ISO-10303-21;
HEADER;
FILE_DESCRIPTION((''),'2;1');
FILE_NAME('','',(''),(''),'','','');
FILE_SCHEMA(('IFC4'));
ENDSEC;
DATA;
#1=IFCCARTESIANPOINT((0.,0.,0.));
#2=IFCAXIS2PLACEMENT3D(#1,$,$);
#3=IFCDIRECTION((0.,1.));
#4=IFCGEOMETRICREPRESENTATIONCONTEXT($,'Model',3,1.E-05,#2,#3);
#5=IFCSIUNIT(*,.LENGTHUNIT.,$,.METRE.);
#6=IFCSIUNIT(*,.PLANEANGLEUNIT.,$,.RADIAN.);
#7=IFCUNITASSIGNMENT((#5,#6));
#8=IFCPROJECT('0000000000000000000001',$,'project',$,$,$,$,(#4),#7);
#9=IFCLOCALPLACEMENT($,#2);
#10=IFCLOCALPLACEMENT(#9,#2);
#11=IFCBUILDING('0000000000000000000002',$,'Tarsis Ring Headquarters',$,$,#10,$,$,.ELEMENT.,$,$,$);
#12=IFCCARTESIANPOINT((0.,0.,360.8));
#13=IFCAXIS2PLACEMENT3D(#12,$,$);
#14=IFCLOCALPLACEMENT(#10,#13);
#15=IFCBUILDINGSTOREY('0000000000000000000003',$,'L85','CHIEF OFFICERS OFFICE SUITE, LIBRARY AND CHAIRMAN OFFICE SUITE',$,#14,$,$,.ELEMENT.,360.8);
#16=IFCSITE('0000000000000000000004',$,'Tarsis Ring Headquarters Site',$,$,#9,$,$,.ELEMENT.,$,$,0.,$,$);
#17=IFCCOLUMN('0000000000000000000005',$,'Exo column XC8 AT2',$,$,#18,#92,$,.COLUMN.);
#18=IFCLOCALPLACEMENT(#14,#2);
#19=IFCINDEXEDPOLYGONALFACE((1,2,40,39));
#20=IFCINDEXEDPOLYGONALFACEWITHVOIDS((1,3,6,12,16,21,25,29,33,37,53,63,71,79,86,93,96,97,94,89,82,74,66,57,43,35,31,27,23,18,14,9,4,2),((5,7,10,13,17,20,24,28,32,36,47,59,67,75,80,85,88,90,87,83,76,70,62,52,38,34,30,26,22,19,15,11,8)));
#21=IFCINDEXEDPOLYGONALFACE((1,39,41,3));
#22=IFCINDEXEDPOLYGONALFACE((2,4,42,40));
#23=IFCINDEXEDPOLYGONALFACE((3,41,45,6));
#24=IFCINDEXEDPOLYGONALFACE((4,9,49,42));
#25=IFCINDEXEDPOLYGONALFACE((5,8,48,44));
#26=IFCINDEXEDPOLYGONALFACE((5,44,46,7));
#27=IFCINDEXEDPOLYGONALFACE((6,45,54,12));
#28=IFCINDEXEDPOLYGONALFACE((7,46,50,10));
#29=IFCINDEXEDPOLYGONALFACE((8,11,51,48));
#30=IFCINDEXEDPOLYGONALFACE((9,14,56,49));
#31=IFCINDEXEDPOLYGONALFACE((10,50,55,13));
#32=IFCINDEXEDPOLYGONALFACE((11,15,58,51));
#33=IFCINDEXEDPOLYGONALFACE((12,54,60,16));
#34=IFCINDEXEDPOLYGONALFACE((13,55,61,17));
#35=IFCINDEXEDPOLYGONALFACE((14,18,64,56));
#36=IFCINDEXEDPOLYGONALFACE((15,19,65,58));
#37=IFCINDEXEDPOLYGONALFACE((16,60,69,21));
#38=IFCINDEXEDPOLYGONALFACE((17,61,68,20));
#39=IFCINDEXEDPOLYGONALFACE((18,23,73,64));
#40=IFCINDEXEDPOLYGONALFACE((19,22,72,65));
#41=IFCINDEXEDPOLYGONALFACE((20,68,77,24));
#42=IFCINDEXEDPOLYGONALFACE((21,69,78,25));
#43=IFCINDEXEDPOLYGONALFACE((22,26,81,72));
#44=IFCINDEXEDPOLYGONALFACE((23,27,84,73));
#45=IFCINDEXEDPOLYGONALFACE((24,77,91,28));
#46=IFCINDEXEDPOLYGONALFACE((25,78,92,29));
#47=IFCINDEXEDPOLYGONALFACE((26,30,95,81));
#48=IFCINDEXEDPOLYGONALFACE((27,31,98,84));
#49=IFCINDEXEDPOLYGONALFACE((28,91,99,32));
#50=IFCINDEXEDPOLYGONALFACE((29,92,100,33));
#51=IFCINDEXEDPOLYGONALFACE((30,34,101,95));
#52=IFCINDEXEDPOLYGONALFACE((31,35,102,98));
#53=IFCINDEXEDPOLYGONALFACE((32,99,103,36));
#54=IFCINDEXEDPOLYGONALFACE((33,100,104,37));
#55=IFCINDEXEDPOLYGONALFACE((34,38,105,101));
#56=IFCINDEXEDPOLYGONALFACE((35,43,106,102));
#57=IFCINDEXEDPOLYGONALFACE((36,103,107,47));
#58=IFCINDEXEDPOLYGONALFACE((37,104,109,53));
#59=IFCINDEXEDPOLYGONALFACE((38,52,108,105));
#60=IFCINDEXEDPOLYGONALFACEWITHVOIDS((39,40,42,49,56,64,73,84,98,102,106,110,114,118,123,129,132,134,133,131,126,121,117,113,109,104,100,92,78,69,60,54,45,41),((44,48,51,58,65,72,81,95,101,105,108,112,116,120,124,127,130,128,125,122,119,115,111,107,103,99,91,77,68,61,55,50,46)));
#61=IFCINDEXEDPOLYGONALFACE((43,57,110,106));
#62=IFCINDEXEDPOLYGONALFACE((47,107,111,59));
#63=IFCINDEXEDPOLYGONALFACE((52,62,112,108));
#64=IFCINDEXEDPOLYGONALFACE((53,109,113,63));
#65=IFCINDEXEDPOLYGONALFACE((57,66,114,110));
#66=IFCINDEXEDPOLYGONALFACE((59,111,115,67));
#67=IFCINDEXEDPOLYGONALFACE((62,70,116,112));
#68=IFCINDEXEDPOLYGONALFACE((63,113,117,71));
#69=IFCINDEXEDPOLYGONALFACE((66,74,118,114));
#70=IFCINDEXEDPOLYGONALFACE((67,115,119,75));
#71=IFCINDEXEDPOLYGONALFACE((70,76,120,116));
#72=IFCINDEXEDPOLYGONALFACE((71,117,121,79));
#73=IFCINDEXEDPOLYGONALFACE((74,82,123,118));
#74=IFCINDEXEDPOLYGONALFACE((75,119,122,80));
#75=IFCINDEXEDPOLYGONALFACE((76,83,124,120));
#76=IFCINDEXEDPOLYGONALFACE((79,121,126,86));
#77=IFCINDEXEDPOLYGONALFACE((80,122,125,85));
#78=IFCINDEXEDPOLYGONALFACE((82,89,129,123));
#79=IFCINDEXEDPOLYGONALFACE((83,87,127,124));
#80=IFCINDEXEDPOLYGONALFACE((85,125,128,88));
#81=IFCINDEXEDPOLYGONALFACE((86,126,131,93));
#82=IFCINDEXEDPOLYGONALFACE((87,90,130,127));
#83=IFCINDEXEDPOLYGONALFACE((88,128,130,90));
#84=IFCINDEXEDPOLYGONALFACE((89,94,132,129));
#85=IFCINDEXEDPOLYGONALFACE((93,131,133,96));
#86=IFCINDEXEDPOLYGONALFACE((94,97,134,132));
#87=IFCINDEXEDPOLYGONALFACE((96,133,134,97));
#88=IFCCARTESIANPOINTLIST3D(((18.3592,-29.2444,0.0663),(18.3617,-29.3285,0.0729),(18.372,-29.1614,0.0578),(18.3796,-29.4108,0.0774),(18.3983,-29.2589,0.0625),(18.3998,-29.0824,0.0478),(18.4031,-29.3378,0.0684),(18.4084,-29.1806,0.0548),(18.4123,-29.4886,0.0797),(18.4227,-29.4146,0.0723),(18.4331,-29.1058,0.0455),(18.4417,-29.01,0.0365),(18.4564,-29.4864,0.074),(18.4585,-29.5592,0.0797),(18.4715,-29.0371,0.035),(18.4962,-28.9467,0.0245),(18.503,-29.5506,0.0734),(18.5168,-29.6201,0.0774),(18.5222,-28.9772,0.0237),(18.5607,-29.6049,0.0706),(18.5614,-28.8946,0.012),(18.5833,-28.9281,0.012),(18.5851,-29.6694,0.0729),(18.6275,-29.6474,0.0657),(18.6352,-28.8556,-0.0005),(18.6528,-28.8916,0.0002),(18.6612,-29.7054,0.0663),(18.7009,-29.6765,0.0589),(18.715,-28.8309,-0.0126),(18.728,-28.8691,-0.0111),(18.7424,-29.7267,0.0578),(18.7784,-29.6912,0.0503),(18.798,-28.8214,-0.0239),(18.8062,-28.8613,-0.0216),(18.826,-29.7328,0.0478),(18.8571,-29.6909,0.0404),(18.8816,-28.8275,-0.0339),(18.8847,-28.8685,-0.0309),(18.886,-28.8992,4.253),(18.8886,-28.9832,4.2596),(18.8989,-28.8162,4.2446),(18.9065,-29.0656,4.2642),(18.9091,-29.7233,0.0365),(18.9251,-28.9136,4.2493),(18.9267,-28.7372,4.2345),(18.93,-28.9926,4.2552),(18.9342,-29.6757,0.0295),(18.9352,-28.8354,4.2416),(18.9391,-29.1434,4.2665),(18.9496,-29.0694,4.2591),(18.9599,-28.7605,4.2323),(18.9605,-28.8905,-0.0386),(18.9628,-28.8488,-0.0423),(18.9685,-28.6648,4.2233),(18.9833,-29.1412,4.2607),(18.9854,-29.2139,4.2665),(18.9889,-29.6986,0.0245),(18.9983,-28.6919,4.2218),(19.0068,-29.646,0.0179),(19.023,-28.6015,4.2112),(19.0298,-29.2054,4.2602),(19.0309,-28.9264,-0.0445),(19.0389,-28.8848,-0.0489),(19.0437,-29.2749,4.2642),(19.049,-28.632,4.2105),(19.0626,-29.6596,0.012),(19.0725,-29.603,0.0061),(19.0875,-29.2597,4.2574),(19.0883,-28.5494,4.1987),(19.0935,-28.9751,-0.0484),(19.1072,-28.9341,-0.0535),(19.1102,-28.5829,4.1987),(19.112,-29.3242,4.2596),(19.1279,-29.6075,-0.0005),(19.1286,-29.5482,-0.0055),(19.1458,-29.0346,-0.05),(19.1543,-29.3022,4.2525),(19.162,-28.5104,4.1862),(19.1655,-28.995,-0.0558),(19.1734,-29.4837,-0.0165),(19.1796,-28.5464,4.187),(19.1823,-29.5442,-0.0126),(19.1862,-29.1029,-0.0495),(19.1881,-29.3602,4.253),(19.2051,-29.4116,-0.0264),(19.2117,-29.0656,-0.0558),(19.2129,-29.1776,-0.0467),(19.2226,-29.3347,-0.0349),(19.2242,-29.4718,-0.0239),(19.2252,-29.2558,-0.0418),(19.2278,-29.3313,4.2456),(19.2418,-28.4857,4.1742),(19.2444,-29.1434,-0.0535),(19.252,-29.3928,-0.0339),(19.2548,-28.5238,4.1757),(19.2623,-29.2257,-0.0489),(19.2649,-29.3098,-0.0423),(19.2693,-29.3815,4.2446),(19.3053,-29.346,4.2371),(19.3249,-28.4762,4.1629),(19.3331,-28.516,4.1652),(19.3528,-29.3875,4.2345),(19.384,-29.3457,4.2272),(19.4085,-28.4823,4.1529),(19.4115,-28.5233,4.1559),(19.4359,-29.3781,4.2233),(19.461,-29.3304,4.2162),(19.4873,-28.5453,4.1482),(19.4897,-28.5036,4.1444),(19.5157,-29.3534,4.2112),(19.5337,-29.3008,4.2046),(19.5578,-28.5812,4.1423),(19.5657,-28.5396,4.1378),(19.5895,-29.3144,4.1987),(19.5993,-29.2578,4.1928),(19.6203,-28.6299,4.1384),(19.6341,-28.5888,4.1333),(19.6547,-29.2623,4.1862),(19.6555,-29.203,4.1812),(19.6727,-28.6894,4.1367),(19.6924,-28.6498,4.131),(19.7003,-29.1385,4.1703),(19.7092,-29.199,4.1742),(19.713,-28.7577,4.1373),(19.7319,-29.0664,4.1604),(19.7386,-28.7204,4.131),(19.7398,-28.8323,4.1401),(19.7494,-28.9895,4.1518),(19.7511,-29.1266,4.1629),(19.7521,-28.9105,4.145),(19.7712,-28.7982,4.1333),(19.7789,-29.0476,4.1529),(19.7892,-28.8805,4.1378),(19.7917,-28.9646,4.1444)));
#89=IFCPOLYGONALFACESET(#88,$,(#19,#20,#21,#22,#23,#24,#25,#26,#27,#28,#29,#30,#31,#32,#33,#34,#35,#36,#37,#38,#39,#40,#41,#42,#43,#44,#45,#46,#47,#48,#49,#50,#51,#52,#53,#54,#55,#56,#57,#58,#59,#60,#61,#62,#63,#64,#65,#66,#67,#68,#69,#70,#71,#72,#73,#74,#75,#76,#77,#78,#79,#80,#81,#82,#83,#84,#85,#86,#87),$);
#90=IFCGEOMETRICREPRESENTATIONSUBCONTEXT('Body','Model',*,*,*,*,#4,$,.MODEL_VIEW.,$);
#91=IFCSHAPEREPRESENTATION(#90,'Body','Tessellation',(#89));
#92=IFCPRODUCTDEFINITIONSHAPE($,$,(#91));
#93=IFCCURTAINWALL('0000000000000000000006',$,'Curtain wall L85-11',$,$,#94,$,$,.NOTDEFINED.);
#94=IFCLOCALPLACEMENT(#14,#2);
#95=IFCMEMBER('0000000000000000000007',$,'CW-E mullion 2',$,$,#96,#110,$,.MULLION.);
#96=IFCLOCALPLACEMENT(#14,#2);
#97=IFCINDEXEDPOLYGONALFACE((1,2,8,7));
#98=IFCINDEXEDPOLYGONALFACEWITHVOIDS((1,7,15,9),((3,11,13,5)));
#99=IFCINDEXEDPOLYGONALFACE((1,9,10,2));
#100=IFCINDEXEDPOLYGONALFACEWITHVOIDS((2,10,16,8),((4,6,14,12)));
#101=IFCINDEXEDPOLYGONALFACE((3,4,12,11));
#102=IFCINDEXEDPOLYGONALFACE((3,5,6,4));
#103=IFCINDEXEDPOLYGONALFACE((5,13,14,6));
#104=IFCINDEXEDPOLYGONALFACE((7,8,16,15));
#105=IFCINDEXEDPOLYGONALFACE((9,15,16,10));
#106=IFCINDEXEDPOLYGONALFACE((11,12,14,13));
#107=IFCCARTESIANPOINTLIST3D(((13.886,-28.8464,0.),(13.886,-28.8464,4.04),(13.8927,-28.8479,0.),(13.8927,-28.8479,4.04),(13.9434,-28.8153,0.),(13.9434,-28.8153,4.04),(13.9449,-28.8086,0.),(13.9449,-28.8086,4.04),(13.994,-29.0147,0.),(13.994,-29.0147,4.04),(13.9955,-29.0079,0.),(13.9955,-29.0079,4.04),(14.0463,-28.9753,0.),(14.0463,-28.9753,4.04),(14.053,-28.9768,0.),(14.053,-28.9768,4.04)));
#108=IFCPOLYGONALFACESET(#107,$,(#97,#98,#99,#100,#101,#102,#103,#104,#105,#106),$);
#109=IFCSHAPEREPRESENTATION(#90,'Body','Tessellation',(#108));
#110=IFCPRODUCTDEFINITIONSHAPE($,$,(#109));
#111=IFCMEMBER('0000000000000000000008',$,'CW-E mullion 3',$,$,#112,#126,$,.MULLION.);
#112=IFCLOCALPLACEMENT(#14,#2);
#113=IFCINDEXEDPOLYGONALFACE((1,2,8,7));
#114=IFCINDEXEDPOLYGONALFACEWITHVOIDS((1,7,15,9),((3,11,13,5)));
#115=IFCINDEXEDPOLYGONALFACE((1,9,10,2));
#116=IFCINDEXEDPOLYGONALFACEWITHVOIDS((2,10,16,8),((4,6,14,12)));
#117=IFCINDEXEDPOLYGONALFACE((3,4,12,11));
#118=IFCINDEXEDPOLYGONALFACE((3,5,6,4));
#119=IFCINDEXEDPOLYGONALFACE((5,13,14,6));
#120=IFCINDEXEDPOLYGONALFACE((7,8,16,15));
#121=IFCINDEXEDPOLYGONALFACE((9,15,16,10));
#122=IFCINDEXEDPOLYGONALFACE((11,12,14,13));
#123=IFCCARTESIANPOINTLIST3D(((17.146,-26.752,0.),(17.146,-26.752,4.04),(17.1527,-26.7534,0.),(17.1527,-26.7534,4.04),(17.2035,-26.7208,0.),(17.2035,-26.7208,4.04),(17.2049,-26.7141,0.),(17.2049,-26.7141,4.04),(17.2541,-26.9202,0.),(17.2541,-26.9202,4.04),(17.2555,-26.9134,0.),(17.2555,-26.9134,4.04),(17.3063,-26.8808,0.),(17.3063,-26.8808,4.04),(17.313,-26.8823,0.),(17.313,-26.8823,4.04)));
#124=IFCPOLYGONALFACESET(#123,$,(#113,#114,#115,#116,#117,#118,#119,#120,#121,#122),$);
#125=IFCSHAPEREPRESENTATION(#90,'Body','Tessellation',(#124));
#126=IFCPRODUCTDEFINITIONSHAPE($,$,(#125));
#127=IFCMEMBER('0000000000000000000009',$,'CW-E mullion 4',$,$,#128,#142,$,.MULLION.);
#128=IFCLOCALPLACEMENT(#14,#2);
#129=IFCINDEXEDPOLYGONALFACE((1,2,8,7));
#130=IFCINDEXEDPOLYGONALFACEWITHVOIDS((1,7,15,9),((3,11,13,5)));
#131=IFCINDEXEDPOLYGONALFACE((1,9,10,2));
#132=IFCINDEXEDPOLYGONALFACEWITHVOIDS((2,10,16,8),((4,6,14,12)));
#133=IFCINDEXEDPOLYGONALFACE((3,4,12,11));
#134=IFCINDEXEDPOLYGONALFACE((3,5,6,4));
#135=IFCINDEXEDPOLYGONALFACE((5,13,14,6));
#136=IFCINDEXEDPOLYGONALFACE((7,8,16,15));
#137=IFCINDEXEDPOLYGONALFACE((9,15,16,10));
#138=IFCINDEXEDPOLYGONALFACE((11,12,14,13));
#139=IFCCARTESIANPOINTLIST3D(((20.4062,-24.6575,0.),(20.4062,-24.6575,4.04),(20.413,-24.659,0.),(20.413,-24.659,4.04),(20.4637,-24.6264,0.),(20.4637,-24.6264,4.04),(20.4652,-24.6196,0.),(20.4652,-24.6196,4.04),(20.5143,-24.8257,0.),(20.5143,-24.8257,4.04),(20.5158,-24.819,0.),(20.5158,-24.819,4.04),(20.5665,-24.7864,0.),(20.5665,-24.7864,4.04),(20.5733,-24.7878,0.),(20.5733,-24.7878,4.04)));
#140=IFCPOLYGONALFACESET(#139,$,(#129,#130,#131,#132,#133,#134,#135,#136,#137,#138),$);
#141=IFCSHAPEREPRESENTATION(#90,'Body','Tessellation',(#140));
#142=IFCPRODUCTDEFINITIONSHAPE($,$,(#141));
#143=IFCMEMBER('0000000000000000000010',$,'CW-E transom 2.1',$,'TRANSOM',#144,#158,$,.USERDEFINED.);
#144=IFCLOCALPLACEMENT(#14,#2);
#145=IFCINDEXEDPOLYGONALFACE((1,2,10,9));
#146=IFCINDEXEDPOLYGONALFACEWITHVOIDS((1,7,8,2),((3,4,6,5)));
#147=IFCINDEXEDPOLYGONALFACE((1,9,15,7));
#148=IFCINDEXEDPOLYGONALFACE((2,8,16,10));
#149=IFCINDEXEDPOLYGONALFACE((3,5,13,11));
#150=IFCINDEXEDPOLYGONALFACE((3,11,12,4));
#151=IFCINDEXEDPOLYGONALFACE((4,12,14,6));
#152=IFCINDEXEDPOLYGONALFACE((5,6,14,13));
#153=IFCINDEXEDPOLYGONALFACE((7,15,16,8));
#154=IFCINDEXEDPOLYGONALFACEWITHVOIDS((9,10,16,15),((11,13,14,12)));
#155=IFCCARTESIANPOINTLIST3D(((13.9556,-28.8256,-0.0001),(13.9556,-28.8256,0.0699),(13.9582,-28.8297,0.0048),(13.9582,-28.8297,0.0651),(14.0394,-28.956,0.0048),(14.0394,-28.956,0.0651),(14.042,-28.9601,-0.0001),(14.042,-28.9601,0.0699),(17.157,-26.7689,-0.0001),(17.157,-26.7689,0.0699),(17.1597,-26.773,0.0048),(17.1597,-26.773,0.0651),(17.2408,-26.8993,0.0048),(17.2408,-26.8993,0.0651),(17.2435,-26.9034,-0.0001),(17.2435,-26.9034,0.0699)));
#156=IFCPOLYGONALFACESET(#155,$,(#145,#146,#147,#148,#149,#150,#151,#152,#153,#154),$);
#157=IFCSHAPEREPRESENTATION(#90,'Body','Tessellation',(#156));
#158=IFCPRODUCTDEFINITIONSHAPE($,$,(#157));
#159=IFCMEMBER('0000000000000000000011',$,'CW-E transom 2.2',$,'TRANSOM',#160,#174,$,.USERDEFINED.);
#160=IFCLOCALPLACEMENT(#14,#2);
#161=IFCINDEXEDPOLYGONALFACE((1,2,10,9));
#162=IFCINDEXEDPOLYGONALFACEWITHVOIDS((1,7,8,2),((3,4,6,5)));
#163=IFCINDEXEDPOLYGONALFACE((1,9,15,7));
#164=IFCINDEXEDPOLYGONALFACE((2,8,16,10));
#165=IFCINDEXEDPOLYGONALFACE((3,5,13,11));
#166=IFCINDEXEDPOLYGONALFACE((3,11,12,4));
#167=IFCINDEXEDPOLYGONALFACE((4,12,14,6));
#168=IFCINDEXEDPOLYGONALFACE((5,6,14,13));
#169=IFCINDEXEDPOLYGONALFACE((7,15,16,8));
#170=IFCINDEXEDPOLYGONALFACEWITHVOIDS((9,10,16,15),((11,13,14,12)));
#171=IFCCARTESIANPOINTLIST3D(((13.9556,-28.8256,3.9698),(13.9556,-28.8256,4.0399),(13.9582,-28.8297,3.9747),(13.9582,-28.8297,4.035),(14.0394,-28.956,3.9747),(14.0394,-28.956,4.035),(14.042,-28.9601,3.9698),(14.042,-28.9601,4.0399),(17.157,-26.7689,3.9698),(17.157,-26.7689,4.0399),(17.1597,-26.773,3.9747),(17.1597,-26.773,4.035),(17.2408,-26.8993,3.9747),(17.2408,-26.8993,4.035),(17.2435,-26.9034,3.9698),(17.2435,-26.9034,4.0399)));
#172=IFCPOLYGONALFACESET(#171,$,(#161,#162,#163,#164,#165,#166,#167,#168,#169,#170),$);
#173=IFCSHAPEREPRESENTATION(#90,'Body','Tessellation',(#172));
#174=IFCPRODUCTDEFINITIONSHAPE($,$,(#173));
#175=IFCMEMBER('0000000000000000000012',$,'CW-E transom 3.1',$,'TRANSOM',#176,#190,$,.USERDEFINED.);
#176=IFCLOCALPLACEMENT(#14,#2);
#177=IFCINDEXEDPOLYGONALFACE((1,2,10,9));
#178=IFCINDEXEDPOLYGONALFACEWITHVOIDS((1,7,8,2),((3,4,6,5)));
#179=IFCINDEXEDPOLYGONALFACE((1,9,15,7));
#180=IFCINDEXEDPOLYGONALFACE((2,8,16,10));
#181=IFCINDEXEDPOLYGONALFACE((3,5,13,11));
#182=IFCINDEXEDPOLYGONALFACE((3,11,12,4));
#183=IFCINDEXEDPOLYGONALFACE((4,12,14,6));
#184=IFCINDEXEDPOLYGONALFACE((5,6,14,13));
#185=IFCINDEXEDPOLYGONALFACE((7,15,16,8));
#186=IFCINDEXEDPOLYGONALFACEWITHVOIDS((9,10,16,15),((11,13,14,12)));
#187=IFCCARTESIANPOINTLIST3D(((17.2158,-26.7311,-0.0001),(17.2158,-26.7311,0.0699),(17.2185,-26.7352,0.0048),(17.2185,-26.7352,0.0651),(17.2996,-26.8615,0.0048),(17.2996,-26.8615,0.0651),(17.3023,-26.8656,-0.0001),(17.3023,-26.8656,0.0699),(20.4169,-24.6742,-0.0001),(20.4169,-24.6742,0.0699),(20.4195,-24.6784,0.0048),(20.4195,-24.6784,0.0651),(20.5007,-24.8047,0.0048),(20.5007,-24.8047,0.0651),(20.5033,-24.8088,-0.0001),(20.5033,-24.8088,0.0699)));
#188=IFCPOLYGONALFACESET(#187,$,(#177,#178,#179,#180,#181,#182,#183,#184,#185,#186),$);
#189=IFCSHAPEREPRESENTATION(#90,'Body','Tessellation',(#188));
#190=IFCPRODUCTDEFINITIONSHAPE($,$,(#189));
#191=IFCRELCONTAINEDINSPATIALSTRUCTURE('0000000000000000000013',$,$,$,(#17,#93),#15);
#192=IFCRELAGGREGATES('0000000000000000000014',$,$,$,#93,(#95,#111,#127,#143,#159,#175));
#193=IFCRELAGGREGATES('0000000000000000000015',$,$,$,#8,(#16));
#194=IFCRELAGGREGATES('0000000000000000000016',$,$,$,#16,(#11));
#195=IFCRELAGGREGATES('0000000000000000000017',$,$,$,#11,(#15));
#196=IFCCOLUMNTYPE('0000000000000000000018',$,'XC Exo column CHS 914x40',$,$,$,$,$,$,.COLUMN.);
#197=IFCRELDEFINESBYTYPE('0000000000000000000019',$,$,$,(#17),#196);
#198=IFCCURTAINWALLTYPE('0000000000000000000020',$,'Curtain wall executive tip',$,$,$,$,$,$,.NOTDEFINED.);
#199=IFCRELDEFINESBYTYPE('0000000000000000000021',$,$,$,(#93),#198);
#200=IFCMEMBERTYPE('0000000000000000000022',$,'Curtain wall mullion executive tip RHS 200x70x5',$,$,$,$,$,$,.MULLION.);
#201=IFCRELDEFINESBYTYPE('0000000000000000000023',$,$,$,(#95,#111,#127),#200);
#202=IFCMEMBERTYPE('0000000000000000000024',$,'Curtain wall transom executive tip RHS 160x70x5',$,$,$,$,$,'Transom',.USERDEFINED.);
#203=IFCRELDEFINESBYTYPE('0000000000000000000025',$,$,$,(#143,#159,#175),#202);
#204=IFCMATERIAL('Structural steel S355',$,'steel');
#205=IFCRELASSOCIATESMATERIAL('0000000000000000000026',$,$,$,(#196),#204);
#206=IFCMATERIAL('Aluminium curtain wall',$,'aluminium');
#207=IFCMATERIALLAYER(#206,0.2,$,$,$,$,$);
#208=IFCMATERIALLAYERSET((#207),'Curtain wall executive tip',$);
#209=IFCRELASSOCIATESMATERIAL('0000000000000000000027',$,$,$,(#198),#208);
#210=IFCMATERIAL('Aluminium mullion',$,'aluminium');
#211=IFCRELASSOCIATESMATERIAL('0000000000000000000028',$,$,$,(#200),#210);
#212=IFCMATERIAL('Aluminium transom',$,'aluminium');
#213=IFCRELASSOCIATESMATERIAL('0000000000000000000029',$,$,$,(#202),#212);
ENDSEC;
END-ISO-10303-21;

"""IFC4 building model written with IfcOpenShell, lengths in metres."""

from ifc_helpers import new_model, si_unit, direction, frame, origin, origin_2d, place, context, subcontext, project, spatial, hollow_rectangle, hollow_circle, extrude, material, layer, layer_set, material_profile, profile_set, type_object, element, aggregate, save


model = new_model("IFC4")

# Units and contexts
model_context = context("Model", 3, precision=1e-05, world=origin(), true_north=direction((0.0, 1.0)))
body_context = subcontext(model_context, "Body", "Model", "MODEL_VIEW")
ifc_project = project(units=[si_unit("LENGTHUNIT", "METRE"), si_unit("PLANEANGLEUNIT", "RADIAN")], contexts=[model_context])

# Site, building, storey
site_placement = place(None, origin())
site = spatial("IfcSite", under=ifc_project, at=site_placement, Name="Tarsis Ring Headquarters Site", CompositionType="ELEMENT", RefElevation=0.0)
building_placement = place(site_placement, origin())
building = spatial("IfcBuilding", under=site, at=building_placement, Name="Tarsis Ring Headquarters", CompositionType="ELEMENT")
storey_placement = place(building_placement, frame((0.0, 0.0, 360.8)))
storey = spatial("IfcBuildingStorey", under=building, at=storey_placement, Name="L85", Description="CHIEF OFFICERS OFFICE SUITE, LIBRARY AND CHAIRMAN OFFICE SUITE", CompositionType="ELEMENT", Elevation=360.8)

# Column
ifc_material_1 = material(Name="Structural steel S355", Category="steel")
ifc_material_profile_1 = material_profile(ifc_material_1, hollow_circle(Radius=0.457, WallThickness=0.04, at=origin_2d()), Name="CHS 914x40")
ifc_profile_set_1 = profile_set([ifc_material_profile_1], Name="Structural steel S355")
column_type = type_object("IfcColumnType", Name="XC Exo column CHS 914x40", PredefinedType="COLUMN", material=ifc_profile_set_1)
column_placement = place(storey_placement, frame((18.812, -29.2771, 0.012), z_axis=(0.124438, 0.081536, 0.988872), x_axis=(-0.548064, 0.836437, 0.0)))
element("IfcColumn", 1, at=column_placement, inside=storey, type_object=column_type, Name="Exo column XC8 AT2", PredefinedType="COLUMN", context=body_context, shape_type="SweptSolid", body=[
    extrude(hollow_circle(Radius=0.4573, WallThickness=0.04, at=origin_2d()), origin(), (0.0, 0.0, 1.0), 4.2339),
])

# Curtain wall, members
ifc_material_2 = material(Name="Aluminium curtain wall", Category="aluminium")
ifc_layer_1 = layer(ifc_material_2, 0.2)
ifc_layer_set_1 = layer_set([ifc_layer_1], Name="Curtain wall executive tip")
curtain_wall_type = type_object("IfcCurtainWallType", Name="Curtain wall executive tip", PredefinedType="NOTDEFINED", material=ifc_layer_set_1)
curtain_wall_placement = place(storey_placement, origin())
curtain_wall = element("IfcCurtainWall", 2, at=curtain_wall_placement, inside=storey, type_object=curtain_wall_type, Name="Curtain wall L85-11", PredefinedType="NOTDEFINED")
ifc_material_3 = material(Name="Aluminium mullion", Category="aluminium")
ifc_material_profile_2 = material_profile(ifc_material_3, hollow_rectangle(XDim=0.2, YDim=0.0701, WallThickness=0.0049, at=origin_2d()), Name="RHS 200x70x5")
ifc_profile_set_2 = profile_set([ifc_material_profile_2], Name="Aluminium mullion")
member_type_1 = type_object("IfcMemberType", Name="Curtain wall mullion executive tip RHS 200x70x5", PredefinedType="MULLION", material=ifc_profile_set_2)
member_1_placement = place(storey_placement, frame((13.9695, -28.9116, 0.0), z_axis=(0.0, 0.0, 1.0), x_axis=(-0.540534, 0.841322, 0.0)))
member_1 = element("IfcMember", 3, at=member_1_placement, type_object=member_type_1, Name="CW-E mullion 2", PredefinedType="MULLION", context=body_context, shape_type="SweptSolid", body=[
    extrude(hollow_rectangle(XDim=0.2, YDim=0.0701, WallThickness=0.0049, at=origin_2d()), origin(), (0.0, 0.0, 1.0), 4.04),
])
member_2_placement = place(storey_placement, frame((17.2295, -26.8171, 0.0), z_axis=(0.0, 0.0, 1.0), x_axis=(-0.540534, 0.841322, 0.0)))
member_2 = element("IfcMember", 4, at=member_2_placement, type_object=member_type_1, Name="CW-E mullion 3", PredefinedType="MULLION", context=body_context, shape_type="SweptSolid", body=[
    extrude(hollow_rectangle(XDim=0.2, YDim=0.0701, WallThickness=0.0049, at=origin_2d()), origin(), (0.0, 0.0, 1.0), 4.04),
])
member_3_placement = place(storey_placement, frame((20.4897, -24.7227, 0.0), z_axis=(0.0, 0.0, 1.0), x_axis=(-0.540534, 0.841322, 0.0)))
member_3 = element("IfcMember", 5, at=member_3_placement, type_object=member_type_1, Name="CW-E mullion 4", PredefinedType="MULLION", context=body_context, shape_type="SweptSolid", body=[
    extrude(hollow_rectangle(XDim=0.2, YDim=0.0701, WallThickness=0.0049, at=origin_2d()), origin(), (0.0, 0.0, 1.0), 4.04),
])
ifc_material_4 = material(Name="Aluminium transom", Category="aluminium")
ifc_material_profile_3 = material_profile(ifc_material_4, hollow_rectangle(XDim=0.1599, YDim=0.0701, WallThickness=0.0049, at=origin_2d()), Name="RHS 160x70x5")
ifc_profile_set_3 = profile_set([ifc_material_profile_3], Name="Aluminium transom")
member_type_2 = type_object("IfcMemberType", Name="Curtain wall transom executive tip RHS 160x70x5", ElementType="Transom", PredefinedType="USERDEFINED", material=ifc_profile_set_3)
member_4_placement = place(storey_placement, frame((13.9988, -28.8928, 0.0349), z_axis=(0.841347, 0.540495, 0.0), x_axis=(-0.540495, 0.841347, 0.0)))
member_4 = element("IfcMember", 6, at=member_4_placement, type_object=member_type_2, Name="CW-E transom 2.1", ObjectType="TRANSOM", PredefinedType="USERDEFINED", context=body_context, shape_type="SweptSolid", body=[
    extrude(hollow_rectangle(XDim=0.1599, YDim=0.0701, WallThickness=0.0049, at=origin_2d()), origin(), (0.0, 0.0, 1.0), 3.8052),
])
member_5_placement = place(storey_placement, frame((13.9988, -28.8928, 4.0049), z_axis=(0.841347, 0.540495, 0.0), x_axis=(-0.540495, 0.841347, 0.0)))
member_5 = element("IfcMember", 7, at=member_5_placement, type_object=member_type_2, Name="CW-E transom 2.2", ObjectType="TRANSOM", PredefinedType="USERDEFINED", context=body_context, shape_type="SweptSolid", body=[
    extrude(hollow_rectangle(XDim=0.1599, YDim=0.0701, WallThickness=0.0049, at=origin_2d()), origin(), (0.0, 0.0, 1.0), 3.8052),
])
member_6_placement = place(storey_placement, frame((17.259, -26.7983, 0.0349), z_axis=(0.841299, 0.540569, 0.0), x_axis=(-0.540569, 0.841299, 0.0)))
member_6 = element("IfcMember", 8, at=member_6_placement, type_object=member_type_2, Name="CW-E transom 3.1", ObjectType="TRANSOM", PredefinedType="USERDEFINED", context=body_context, shape_type="SweptSolid", body=[
    extrude(hollow_rectangle(XDim=0.1599, YDim=0.0701, WallThickness=0.0049, at=origin_2d()), origin(), (0.0, 0.0, 1.0), 3.8049),
])

aggregate(curtain_wall, [member_1, member_2, member_3, member_4, member_5, member_6])

save(model, "model.ifc")
